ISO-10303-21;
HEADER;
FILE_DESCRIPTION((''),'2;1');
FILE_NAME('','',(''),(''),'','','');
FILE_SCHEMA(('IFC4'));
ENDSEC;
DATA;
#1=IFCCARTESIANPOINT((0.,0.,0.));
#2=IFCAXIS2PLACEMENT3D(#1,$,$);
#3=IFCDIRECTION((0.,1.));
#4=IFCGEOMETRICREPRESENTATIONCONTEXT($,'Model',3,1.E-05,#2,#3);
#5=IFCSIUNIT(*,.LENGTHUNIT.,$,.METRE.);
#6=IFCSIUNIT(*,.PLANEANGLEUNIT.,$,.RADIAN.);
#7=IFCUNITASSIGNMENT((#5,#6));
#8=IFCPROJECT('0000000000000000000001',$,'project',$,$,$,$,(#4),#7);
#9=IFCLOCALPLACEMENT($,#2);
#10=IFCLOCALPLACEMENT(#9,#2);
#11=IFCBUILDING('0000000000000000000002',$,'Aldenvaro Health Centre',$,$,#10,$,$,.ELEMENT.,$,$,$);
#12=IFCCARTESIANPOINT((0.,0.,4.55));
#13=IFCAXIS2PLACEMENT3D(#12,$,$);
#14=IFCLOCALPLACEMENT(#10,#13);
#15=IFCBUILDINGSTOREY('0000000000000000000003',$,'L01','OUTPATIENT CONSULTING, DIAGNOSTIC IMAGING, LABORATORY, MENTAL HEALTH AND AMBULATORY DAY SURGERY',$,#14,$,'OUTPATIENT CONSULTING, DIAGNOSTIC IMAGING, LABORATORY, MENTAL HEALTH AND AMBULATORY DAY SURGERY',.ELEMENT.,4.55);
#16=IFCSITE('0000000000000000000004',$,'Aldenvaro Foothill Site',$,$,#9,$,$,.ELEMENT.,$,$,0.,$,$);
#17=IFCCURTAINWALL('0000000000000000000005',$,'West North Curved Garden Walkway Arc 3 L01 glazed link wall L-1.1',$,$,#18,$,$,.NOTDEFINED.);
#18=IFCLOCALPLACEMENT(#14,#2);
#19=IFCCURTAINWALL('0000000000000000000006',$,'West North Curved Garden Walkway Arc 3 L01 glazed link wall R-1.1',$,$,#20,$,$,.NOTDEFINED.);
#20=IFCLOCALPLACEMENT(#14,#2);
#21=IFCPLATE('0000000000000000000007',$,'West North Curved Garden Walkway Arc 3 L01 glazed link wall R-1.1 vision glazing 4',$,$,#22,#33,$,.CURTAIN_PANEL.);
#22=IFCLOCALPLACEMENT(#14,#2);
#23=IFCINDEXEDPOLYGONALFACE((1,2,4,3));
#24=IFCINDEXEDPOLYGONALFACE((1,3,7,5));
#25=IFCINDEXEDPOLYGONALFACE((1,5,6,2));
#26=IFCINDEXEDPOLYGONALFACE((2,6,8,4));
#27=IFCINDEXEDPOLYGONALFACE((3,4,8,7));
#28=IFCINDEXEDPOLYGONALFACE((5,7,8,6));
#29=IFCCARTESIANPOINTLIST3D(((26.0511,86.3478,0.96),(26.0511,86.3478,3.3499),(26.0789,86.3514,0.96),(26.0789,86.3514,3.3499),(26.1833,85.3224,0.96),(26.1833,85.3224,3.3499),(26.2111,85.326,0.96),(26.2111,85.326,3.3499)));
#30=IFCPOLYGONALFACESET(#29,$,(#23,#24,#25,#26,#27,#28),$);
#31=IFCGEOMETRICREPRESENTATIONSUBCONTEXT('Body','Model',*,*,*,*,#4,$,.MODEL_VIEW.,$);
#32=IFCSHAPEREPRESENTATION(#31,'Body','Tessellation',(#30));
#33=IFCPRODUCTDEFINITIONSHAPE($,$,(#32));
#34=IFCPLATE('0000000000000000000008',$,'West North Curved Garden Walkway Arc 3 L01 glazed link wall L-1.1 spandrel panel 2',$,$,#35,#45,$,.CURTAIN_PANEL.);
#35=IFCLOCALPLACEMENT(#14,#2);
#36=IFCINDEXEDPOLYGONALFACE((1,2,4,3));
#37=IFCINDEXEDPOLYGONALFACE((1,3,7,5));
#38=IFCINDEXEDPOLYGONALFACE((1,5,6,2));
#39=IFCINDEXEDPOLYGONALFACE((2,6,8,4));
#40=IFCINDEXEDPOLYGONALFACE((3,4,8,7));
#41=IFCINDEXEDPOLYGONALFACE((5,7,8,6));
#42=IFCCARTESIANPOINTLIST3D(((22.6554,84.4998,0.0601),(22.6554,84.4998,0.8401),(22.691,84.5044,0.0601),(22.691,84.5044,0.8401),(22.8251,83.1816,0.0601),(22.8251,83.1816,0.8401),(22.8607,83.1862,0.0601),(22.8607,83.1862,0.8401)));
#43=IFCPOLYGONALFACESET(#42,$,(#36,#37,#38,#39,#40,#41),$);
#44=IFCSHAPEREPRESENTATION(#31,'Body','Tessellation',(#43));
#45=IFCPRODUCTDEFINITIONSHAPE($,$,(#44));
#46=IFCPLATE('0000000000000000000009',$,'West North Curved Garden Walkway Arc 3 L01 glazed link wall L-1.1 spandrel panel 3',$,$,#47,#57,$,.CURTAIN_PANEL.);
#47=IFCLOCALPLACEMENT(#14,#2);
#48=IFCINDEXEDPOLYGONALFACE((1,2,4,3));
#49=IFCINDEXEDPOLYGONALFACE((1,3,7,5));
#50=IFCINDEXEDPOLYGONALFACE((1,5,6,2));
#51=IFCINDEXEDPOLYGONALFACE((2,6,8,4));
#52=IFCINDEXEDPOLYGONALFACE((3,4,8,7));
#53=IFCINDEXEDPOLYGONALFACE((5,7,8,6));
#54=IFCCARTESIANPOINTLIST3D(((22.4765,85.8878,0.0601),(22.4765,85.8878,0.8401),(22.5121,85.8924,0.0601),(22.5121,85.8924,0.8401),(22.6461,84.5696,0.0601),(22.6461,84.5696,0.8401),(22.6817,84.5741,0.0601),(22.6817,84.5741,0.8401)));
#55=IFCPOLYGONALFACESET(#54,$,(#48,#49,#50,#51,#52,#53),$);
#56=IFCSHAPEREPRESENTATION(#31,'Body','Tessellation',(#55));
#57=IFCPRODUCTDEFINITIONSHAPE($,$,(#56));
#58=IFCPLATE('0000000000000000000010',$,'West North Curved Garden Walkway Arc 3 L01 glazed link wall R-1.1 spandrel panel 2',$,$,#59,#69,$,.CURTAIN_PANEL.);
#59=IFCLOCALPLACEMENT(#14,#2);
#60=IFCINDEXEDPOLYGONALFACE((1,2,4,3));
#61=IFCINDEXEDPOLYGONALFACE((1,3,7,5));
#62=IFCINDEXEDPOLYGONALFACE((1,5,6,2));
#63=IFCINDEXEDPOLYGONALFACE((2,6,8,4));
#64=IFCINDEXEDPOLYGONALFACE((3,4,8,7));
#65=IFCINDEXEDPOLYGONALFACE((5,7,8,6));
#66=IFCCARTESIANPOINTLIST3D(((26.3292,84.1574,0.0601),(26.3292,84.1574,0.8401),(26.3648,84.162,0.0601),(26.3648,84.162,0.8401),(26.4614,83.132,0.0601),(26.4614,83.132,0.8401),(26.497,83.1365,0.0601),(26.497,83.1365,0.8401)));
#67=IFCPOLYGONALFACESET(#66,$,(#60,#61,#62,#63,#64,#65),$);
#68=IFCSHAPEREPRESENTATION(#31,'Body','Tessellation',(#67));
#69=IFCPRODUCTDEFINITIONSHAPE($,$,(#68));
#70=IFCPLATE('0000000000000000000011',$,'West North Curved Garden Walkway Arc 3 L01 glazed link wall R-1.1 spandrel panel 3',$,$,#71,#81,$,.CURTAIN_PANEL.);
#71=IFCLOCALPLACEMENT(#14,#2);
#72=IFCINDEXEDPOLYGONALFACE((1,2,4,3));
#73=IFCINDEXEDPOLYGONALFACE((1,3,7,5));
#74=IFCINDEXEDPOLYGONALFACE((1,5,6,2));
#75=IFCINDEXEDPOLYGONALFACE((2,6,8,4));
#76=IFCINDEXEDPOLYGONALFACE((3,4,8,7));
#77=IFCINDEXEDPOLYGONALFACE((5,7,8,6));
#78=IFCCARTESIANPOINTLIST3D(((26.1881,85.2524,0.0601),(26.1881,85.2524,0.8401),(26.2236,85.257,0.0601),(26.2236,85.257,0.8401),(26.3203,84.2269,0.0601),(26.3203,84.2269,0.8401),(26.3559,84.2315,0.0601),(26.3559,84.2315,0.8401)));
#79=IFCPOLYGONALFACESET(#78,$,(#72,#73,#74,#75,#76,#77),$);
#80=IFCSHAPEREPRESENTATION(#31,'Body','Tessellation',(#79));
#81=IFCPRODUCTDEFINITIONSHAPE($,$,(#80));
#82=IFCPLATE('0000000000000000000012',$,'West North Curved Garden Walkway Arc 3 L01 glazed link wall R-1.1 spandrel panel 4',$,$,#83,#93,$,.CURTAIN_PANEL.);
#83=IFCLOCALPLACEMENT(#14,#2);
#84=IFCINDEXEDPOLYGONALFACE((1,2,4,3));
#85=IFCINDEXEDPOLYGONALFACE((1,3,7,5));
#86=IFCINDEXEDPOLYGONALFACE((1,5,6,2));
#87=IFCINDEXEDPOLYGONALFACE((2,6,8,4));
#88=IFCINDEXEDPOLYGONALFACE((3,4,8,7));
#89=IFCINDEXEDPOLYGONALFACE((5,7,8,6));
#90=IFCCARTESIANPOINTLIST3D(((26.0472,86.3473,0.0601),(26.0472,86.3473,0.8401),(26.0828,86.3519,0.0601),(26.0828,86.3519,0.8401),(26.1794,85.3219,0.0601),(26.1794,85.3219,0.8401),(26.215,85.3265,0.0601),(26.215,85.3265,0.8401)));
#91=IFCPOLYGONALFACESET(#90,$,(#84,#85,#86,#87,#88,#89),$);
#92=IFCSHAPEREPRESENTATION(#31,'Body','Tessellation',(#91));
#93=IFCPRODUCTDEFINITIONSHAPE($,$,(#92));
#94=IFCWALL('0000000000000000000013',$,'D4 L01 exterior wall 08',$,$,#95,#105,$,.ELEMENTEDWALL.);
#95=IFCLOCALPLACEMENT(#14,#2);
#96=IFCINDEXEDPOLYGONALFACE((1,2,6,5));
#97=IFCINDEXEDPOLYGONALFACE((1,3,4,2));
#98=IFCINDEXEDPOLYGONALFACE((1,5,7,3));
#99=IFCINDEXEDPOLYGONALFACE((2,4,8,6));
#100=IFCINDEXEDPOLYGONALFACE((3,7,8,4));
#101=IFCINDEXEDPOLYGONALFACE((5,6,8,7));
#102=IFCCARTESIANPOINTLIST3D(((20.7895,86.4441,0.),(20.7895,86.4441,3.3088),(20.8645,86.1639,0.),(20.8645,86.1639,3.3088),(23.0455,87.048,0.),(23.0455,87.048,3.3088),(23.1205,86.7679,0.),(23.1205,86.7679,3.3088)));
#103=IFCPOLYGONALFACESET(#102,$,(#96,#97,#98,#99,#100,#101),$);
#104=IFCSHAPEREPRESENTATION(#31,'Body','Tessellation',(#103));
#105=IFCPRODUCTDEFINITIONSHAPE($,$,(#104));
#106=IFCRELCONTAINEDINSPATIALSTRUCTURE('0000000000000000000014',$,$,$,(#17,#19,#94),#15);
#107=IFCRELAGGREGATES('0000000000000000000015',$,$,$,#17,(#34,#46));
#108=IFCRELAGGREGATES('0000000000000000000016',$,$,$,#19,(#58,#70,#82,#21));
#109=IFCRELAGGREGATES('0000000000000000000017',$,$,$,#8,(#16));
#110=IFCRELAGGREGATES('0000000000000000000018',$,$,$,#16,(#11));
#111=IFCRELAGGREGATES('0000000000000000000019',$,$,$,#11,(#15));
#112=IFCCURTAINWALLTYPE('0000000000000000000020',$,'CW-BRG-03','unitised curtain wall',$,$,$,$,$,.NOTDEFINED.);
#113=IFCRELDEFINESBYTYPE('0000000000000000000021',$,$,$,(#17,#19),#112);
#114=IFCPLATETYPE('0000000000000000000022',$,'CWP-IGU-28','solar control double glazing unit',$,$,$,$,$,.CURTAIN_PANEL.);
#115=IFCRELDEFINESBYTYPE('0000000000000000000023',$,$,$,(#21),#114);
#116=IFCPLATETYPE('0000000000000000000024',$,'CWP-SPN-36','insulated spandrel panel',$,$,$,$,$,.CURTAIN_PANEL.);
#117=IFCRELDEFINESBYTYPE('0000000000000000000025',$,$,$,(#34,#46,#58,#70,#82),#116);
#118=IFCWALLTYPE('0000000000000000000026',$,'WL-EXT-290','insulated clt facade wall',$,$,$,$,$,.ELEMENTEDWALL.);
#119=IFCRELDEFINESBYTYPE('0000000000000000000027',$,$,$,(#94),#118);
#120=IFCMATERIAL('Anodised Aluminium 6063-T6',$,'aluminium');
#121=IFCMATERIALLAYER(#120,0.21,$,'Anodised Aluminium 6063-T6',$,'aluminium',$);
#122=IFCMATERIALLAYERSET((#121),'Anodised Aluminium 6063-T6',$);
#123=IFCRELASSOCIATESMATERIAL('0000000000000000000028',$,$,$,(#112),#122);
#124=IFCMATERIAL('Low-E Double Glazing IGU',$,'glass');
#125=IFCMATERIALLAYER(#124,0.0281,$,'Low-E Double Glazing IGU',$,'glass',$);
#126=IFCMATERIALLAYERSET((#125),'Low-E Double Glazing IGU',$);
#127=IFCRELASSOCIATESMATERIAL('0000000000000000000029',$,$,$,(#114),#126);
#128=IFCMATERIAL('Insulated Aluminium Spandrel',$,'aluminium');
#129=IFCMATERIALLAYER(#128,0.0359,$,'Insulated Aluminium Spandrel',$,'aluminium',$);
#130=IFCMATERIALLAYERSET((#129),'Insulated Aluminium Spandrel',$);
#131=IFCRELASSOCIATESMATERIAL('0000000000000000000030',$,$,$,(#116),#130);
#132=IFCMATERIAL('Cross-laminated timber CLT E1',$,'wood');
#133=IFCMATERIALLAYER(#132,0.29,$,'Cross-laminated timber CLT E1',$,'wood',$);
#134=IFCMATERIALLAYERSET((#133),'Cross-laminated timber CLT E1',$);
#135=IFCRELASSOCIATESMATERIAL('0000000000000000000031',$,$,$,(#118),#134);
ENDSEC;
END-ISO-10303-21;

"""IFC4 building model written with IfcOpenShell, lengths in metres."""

from ifc_helpers import new_model, si_unit, direction, frame, frame_2d, origin, origin_2d, place, context, subcontext, project, spatial, rectangle, extrude, material, layer, layer_set, type_object, element, aggregate, save


model = new_model("IFC4")

# Units and contexts
model_context = context("Model", 3, precision=1e-05, world=origin(), true_north=direction((0.0, 1.0)))
body_context = subcontext(model_context, "Body", "Model", "MODEL_VIEW")
ifc_project = project(units=[si_unit("LENGTHUNIT", "METRE"), si_unit("PLANEANGLEUNIT", "RADIAN")], contexts=[model_context])

# Site, building, storey
site_placement = place(None, origin())
site = spatial("IfcSite", under=ifc_project, at=site_placement, Name="Aldenvaro Foothill Site", CompositionType="ELEMENT", RefElevation=0.0)
building_placement = place(site_placement, origin())
building = spatial("IfcBuilding", under=site, at=building_placement, Name="Aldenvaro Health Centre", CompositionType="ELEMENT")
storey_placement = place(building_placement, frame((0.0, 0.0, 4.55)))
storey = spatial("IfcBuildingStorey", under=building, at=storey_placement, Name="L01", Description="OUTPATIENT CONSULTING, DIAGNOSTIC IMAGING, LABORATORY, MENTAL HEALTH AND AMBULATORY DAY SURGERY", LongName="OUTPATIENT CONSULTING, DIAGNOSTIC IMAGING, LABORATORY, MENTAL HEALTH AND AMBULATORY DAY SURGERY", CompositionType="ELEMENT", Elevation=4.55)

# Shared definitions
ifc_material_1 = material(Name="Anodised Aluminium 6063-T6", Category="aluminium")

# Curtain walls
ifc_layer_1 = layer(ifc_material_1, 0.21, Name="Anodised Aluminium 6063-T6", Category="aluminium")
ifc_layer_set_1 = layer_set([ifc_layer_1], Name="Anodised Aluminium 6063-T6")
curtain_wall_type_1 = type_object("IfcCurtainWallType", Name="CW-BRG-03", Description="unitised curtain wall", PredefinedType="NOTDEFINED", material=ifc_layer_set_1)
curtain_wall_1_placement = place(storey_placement, origin())
curtain_wall_1 = element("IfcCurtainWall", 1, at=curtain_wall_1_placement, inside=storey, type_object=curtain_wall_type_1, Name="West North Curved Garden Walkway Arc 3 L01 glazed link wall L-1.1", PredefinedType="NOTDEFINED")
curtain_wall_2_placement = place(storey_placement, origin())
curtain_wall_2 = element("IfcCurtainWall", 2, at=curtain_wall_2_placement, inside=storey, type_object=curtain_wall_type_1, Name="West North Curved Garden Walkway Arc 3 L01 glazed link wall R-1.1", PredefinedType="NOTDEFINED")

# Plates
ifc_material_2 = material(Name="Low-E Double Glazing IGU", Category="glass")
ifc_layer_2 = layer(ifc_material_2, 0.0281, Name="Low-E Double Glazing IGU", Category="glass")
ifc_layer_set_2 = layer_set([ifc_layer_2], Name="Low-E Double Glazing IGU")
plate_type_1 = type_object("IfcPlateType", Name="CWP-IGU-28", Description="solar control double glazing unit", PredefinedType="CURTAIN_PANEL", material=ifc_layer_set_2)
plate_1_placement = place(storey_placement, frame((26.1311, 85.8369, 0.96), z_axis=(0.0, 0.0, 1.0), x_axis=(-0.127907, 0.991786, 0.0)))
plate_1 = element("IfcPlate", 3, at=plate_1_placement, type_object=plate_type_1, Name="West North Curved Garden Walkway Arc 3 L01 glazed link wall R-1.1 vision glazing 4", PredefinedType="CURTAIN_PANEL", context=body_context, shape_type="SweptSolid", body=[
    extrude(rectangle(XDim=1.0339, YDim=0.0281, at=origin_2d()), origin(), (0.0, 0.0, 1.0), 2.3899),
])
ifc_material_3 = material(Name="Insulated Aluminium Spandrel", Category="aluminium")
ifc_layer_3 = layer(ifc_material_3, 0.0359, Name="Insulated Aluminium Spandrel", Category="aluminium")
ifc_layer_set_3 = layer_set([ifc_layer_3], Name="Insulated Aluminium Spandrel")
plate_type_2 = type_object("IfcPlateType", Name="CWP-SPN-36", Description="insulated spandrel panel", PredefinedType="CURTAIN_PANEL", material=ifc_layer_set_3)
plate_2_placement = place(storey_placement, frame((22.7581, 83.843, 0.0601), z_axis=(0.0, 0.0, 1.0), x_axis=(-0.127669, 0.991817, 0.0)))
plate_2 = element("IfcPlate", 4, at=plate_2_placement, type_object=plate_type_2, Name="West North Curved Garden Walkway Arc 3 L01 glazed link wall L-1.1 spandrel panel 2", PredefinedType="CURTAIN_PANEL", context=body_context, shape_type="SweptSolid", body=[
    extrude(rectangle(XDim=1.3291, YDim=0.0359, at=origin_2d()), origin(), (0.0, 0.0, 1.0), 0.78),
])
plate_3_placement = place(storey_placement, frame((22.5791, 85.231, 0.0601), z_axis=(0.0, 0.0, 1.0), x_axis=(-0.127669, 0.991817, 0.0)))
plate_3 = element("IfcPlate", 5, at=plate_3_placement, type_object=plate_type_2, Name="West North Curved Garden Walkway Arc 3 L01 glazed link wall L-1.1 spandrel panel 3", PredefinedType="CURTAIN_PANEL", context=body_context, shape_type="SweptSolid", body=[
    extrude(rectangle(XDim=1.3291, YDim=0.0359, at=origin_2d()), origin(), (0.0, 0.0, 1.0), 0.78),
])
aggregate(curtain_wall_1, [plate_2, plate_3])
plate_4_placement = place(storey_placement, frame((26.4131, 83.647, 0.0601), z_axis=(0.0, 0.0, 1.0), x_axis=(-0.127907, 0.991786, 0.0)))
plate_4 = element("IfcPlate", 6, at=plate_4_placement, type_object=plate_type_2, Name="West North Curved Garden Walkway Arc 3 L01 glazed link wall R-1.1 spandrel panel 2", PredefinedType="CURTAIN_PANEL", context=body_context, shape_type="SweptSolid", body=[
    extrude(rectangle(XDim=1.0339, YDim=0.0359, at=origin_2d()), origin(), (0.0, 0.0, 1.0), 0.78),
])
plate_5_placement = place(storey_placement, frame((26.272, 84.7419, 0.0601), z_axis=(0.0, 0.0, 1.0), x_axis=(-0.127907, 0.991786, 0.0)))
plate_5 = element("IfcPlate", 7, at=plate_5_placement, type_object=plate_type_2, Name="West North Curved Garden Walkway Arc 3 L01 glazed link wall R-1.1 spandrel panel 3", PredefinedType="CURTAIN_PANEL", context=body_context, shape_type="SweptSolid", body=[
    extrude(rectangle(XDim=1.0339, YDim=0.0359, at=origin_2d()), origin(), (0.0, 0.0, 1.0), 0.78),
])
plate_6_placement = place(storey_placement, frame((26.1311, 85.8369, 0.0601), z_axis=(0.0, 0.0, 1.0), x_axis=(-0.127907, 0.991786, 0.0)))
plate_6 = element("IfcPlate", 8, at=plate_6_placement, type_object=plate_type_2, Name="West North Curved Garden Walkway Arc 3 L01 glazed link wall R-1.1 spandrel panel 4", PredefinedType="CURTAIN_PANEL", context=body_context, shape_type="SweptSolid", body=[
    extrude(rectangle(XDim=1.0339, YDim=0.0359, at=origin_2d()), origin(), (0.0, 0.0, 1.0), 0.78),
])
aggregate(curtain_wall_2, [plate_4, plate_5, plate_6, plate_1])

# Wall
ifc_material_4 = material(Name="Cross-laminated timber CLT E1", Category="wood")
ifc_layer_4 = layer(ifc_material_4, 0.29, Name="Cross-laminated timber CLT E1", Category="wood")
ifc_layer_set_4 = layer_set([ifc_layer_4], Name="Cross-laminated timber CLT E1")
wall_type = type_object("IfcWallType", Name="WL-EXT-290", Description="insulated clt facade wall", PredefinedType="ELEMENTEDWALL", material=ifc_layer_set_4)
wall_placement = place(storey_placement, frame((23.083, 86.908, 0.0), z_axis=(0.0, 0.0, 1.0), x_axis=(-0.965981, -0.258612, 0.0)))
element("IfcWall", 9, at=wall_placement, inside=storey, type_object=wall_type, Name="D4 L01 exterior wall 08", PredefinedType="ELEMENTEDWALL", context=body_context, shape_type="SweptSolid", body=[
    extrude(rectangle(XDim=2.3354, YDim=0.29, at=frame_2d((1.1677, 0.0))), origin(), (0.0, 0.0, 1.0), 3.3088),
])

save(model, "model.ifc")
